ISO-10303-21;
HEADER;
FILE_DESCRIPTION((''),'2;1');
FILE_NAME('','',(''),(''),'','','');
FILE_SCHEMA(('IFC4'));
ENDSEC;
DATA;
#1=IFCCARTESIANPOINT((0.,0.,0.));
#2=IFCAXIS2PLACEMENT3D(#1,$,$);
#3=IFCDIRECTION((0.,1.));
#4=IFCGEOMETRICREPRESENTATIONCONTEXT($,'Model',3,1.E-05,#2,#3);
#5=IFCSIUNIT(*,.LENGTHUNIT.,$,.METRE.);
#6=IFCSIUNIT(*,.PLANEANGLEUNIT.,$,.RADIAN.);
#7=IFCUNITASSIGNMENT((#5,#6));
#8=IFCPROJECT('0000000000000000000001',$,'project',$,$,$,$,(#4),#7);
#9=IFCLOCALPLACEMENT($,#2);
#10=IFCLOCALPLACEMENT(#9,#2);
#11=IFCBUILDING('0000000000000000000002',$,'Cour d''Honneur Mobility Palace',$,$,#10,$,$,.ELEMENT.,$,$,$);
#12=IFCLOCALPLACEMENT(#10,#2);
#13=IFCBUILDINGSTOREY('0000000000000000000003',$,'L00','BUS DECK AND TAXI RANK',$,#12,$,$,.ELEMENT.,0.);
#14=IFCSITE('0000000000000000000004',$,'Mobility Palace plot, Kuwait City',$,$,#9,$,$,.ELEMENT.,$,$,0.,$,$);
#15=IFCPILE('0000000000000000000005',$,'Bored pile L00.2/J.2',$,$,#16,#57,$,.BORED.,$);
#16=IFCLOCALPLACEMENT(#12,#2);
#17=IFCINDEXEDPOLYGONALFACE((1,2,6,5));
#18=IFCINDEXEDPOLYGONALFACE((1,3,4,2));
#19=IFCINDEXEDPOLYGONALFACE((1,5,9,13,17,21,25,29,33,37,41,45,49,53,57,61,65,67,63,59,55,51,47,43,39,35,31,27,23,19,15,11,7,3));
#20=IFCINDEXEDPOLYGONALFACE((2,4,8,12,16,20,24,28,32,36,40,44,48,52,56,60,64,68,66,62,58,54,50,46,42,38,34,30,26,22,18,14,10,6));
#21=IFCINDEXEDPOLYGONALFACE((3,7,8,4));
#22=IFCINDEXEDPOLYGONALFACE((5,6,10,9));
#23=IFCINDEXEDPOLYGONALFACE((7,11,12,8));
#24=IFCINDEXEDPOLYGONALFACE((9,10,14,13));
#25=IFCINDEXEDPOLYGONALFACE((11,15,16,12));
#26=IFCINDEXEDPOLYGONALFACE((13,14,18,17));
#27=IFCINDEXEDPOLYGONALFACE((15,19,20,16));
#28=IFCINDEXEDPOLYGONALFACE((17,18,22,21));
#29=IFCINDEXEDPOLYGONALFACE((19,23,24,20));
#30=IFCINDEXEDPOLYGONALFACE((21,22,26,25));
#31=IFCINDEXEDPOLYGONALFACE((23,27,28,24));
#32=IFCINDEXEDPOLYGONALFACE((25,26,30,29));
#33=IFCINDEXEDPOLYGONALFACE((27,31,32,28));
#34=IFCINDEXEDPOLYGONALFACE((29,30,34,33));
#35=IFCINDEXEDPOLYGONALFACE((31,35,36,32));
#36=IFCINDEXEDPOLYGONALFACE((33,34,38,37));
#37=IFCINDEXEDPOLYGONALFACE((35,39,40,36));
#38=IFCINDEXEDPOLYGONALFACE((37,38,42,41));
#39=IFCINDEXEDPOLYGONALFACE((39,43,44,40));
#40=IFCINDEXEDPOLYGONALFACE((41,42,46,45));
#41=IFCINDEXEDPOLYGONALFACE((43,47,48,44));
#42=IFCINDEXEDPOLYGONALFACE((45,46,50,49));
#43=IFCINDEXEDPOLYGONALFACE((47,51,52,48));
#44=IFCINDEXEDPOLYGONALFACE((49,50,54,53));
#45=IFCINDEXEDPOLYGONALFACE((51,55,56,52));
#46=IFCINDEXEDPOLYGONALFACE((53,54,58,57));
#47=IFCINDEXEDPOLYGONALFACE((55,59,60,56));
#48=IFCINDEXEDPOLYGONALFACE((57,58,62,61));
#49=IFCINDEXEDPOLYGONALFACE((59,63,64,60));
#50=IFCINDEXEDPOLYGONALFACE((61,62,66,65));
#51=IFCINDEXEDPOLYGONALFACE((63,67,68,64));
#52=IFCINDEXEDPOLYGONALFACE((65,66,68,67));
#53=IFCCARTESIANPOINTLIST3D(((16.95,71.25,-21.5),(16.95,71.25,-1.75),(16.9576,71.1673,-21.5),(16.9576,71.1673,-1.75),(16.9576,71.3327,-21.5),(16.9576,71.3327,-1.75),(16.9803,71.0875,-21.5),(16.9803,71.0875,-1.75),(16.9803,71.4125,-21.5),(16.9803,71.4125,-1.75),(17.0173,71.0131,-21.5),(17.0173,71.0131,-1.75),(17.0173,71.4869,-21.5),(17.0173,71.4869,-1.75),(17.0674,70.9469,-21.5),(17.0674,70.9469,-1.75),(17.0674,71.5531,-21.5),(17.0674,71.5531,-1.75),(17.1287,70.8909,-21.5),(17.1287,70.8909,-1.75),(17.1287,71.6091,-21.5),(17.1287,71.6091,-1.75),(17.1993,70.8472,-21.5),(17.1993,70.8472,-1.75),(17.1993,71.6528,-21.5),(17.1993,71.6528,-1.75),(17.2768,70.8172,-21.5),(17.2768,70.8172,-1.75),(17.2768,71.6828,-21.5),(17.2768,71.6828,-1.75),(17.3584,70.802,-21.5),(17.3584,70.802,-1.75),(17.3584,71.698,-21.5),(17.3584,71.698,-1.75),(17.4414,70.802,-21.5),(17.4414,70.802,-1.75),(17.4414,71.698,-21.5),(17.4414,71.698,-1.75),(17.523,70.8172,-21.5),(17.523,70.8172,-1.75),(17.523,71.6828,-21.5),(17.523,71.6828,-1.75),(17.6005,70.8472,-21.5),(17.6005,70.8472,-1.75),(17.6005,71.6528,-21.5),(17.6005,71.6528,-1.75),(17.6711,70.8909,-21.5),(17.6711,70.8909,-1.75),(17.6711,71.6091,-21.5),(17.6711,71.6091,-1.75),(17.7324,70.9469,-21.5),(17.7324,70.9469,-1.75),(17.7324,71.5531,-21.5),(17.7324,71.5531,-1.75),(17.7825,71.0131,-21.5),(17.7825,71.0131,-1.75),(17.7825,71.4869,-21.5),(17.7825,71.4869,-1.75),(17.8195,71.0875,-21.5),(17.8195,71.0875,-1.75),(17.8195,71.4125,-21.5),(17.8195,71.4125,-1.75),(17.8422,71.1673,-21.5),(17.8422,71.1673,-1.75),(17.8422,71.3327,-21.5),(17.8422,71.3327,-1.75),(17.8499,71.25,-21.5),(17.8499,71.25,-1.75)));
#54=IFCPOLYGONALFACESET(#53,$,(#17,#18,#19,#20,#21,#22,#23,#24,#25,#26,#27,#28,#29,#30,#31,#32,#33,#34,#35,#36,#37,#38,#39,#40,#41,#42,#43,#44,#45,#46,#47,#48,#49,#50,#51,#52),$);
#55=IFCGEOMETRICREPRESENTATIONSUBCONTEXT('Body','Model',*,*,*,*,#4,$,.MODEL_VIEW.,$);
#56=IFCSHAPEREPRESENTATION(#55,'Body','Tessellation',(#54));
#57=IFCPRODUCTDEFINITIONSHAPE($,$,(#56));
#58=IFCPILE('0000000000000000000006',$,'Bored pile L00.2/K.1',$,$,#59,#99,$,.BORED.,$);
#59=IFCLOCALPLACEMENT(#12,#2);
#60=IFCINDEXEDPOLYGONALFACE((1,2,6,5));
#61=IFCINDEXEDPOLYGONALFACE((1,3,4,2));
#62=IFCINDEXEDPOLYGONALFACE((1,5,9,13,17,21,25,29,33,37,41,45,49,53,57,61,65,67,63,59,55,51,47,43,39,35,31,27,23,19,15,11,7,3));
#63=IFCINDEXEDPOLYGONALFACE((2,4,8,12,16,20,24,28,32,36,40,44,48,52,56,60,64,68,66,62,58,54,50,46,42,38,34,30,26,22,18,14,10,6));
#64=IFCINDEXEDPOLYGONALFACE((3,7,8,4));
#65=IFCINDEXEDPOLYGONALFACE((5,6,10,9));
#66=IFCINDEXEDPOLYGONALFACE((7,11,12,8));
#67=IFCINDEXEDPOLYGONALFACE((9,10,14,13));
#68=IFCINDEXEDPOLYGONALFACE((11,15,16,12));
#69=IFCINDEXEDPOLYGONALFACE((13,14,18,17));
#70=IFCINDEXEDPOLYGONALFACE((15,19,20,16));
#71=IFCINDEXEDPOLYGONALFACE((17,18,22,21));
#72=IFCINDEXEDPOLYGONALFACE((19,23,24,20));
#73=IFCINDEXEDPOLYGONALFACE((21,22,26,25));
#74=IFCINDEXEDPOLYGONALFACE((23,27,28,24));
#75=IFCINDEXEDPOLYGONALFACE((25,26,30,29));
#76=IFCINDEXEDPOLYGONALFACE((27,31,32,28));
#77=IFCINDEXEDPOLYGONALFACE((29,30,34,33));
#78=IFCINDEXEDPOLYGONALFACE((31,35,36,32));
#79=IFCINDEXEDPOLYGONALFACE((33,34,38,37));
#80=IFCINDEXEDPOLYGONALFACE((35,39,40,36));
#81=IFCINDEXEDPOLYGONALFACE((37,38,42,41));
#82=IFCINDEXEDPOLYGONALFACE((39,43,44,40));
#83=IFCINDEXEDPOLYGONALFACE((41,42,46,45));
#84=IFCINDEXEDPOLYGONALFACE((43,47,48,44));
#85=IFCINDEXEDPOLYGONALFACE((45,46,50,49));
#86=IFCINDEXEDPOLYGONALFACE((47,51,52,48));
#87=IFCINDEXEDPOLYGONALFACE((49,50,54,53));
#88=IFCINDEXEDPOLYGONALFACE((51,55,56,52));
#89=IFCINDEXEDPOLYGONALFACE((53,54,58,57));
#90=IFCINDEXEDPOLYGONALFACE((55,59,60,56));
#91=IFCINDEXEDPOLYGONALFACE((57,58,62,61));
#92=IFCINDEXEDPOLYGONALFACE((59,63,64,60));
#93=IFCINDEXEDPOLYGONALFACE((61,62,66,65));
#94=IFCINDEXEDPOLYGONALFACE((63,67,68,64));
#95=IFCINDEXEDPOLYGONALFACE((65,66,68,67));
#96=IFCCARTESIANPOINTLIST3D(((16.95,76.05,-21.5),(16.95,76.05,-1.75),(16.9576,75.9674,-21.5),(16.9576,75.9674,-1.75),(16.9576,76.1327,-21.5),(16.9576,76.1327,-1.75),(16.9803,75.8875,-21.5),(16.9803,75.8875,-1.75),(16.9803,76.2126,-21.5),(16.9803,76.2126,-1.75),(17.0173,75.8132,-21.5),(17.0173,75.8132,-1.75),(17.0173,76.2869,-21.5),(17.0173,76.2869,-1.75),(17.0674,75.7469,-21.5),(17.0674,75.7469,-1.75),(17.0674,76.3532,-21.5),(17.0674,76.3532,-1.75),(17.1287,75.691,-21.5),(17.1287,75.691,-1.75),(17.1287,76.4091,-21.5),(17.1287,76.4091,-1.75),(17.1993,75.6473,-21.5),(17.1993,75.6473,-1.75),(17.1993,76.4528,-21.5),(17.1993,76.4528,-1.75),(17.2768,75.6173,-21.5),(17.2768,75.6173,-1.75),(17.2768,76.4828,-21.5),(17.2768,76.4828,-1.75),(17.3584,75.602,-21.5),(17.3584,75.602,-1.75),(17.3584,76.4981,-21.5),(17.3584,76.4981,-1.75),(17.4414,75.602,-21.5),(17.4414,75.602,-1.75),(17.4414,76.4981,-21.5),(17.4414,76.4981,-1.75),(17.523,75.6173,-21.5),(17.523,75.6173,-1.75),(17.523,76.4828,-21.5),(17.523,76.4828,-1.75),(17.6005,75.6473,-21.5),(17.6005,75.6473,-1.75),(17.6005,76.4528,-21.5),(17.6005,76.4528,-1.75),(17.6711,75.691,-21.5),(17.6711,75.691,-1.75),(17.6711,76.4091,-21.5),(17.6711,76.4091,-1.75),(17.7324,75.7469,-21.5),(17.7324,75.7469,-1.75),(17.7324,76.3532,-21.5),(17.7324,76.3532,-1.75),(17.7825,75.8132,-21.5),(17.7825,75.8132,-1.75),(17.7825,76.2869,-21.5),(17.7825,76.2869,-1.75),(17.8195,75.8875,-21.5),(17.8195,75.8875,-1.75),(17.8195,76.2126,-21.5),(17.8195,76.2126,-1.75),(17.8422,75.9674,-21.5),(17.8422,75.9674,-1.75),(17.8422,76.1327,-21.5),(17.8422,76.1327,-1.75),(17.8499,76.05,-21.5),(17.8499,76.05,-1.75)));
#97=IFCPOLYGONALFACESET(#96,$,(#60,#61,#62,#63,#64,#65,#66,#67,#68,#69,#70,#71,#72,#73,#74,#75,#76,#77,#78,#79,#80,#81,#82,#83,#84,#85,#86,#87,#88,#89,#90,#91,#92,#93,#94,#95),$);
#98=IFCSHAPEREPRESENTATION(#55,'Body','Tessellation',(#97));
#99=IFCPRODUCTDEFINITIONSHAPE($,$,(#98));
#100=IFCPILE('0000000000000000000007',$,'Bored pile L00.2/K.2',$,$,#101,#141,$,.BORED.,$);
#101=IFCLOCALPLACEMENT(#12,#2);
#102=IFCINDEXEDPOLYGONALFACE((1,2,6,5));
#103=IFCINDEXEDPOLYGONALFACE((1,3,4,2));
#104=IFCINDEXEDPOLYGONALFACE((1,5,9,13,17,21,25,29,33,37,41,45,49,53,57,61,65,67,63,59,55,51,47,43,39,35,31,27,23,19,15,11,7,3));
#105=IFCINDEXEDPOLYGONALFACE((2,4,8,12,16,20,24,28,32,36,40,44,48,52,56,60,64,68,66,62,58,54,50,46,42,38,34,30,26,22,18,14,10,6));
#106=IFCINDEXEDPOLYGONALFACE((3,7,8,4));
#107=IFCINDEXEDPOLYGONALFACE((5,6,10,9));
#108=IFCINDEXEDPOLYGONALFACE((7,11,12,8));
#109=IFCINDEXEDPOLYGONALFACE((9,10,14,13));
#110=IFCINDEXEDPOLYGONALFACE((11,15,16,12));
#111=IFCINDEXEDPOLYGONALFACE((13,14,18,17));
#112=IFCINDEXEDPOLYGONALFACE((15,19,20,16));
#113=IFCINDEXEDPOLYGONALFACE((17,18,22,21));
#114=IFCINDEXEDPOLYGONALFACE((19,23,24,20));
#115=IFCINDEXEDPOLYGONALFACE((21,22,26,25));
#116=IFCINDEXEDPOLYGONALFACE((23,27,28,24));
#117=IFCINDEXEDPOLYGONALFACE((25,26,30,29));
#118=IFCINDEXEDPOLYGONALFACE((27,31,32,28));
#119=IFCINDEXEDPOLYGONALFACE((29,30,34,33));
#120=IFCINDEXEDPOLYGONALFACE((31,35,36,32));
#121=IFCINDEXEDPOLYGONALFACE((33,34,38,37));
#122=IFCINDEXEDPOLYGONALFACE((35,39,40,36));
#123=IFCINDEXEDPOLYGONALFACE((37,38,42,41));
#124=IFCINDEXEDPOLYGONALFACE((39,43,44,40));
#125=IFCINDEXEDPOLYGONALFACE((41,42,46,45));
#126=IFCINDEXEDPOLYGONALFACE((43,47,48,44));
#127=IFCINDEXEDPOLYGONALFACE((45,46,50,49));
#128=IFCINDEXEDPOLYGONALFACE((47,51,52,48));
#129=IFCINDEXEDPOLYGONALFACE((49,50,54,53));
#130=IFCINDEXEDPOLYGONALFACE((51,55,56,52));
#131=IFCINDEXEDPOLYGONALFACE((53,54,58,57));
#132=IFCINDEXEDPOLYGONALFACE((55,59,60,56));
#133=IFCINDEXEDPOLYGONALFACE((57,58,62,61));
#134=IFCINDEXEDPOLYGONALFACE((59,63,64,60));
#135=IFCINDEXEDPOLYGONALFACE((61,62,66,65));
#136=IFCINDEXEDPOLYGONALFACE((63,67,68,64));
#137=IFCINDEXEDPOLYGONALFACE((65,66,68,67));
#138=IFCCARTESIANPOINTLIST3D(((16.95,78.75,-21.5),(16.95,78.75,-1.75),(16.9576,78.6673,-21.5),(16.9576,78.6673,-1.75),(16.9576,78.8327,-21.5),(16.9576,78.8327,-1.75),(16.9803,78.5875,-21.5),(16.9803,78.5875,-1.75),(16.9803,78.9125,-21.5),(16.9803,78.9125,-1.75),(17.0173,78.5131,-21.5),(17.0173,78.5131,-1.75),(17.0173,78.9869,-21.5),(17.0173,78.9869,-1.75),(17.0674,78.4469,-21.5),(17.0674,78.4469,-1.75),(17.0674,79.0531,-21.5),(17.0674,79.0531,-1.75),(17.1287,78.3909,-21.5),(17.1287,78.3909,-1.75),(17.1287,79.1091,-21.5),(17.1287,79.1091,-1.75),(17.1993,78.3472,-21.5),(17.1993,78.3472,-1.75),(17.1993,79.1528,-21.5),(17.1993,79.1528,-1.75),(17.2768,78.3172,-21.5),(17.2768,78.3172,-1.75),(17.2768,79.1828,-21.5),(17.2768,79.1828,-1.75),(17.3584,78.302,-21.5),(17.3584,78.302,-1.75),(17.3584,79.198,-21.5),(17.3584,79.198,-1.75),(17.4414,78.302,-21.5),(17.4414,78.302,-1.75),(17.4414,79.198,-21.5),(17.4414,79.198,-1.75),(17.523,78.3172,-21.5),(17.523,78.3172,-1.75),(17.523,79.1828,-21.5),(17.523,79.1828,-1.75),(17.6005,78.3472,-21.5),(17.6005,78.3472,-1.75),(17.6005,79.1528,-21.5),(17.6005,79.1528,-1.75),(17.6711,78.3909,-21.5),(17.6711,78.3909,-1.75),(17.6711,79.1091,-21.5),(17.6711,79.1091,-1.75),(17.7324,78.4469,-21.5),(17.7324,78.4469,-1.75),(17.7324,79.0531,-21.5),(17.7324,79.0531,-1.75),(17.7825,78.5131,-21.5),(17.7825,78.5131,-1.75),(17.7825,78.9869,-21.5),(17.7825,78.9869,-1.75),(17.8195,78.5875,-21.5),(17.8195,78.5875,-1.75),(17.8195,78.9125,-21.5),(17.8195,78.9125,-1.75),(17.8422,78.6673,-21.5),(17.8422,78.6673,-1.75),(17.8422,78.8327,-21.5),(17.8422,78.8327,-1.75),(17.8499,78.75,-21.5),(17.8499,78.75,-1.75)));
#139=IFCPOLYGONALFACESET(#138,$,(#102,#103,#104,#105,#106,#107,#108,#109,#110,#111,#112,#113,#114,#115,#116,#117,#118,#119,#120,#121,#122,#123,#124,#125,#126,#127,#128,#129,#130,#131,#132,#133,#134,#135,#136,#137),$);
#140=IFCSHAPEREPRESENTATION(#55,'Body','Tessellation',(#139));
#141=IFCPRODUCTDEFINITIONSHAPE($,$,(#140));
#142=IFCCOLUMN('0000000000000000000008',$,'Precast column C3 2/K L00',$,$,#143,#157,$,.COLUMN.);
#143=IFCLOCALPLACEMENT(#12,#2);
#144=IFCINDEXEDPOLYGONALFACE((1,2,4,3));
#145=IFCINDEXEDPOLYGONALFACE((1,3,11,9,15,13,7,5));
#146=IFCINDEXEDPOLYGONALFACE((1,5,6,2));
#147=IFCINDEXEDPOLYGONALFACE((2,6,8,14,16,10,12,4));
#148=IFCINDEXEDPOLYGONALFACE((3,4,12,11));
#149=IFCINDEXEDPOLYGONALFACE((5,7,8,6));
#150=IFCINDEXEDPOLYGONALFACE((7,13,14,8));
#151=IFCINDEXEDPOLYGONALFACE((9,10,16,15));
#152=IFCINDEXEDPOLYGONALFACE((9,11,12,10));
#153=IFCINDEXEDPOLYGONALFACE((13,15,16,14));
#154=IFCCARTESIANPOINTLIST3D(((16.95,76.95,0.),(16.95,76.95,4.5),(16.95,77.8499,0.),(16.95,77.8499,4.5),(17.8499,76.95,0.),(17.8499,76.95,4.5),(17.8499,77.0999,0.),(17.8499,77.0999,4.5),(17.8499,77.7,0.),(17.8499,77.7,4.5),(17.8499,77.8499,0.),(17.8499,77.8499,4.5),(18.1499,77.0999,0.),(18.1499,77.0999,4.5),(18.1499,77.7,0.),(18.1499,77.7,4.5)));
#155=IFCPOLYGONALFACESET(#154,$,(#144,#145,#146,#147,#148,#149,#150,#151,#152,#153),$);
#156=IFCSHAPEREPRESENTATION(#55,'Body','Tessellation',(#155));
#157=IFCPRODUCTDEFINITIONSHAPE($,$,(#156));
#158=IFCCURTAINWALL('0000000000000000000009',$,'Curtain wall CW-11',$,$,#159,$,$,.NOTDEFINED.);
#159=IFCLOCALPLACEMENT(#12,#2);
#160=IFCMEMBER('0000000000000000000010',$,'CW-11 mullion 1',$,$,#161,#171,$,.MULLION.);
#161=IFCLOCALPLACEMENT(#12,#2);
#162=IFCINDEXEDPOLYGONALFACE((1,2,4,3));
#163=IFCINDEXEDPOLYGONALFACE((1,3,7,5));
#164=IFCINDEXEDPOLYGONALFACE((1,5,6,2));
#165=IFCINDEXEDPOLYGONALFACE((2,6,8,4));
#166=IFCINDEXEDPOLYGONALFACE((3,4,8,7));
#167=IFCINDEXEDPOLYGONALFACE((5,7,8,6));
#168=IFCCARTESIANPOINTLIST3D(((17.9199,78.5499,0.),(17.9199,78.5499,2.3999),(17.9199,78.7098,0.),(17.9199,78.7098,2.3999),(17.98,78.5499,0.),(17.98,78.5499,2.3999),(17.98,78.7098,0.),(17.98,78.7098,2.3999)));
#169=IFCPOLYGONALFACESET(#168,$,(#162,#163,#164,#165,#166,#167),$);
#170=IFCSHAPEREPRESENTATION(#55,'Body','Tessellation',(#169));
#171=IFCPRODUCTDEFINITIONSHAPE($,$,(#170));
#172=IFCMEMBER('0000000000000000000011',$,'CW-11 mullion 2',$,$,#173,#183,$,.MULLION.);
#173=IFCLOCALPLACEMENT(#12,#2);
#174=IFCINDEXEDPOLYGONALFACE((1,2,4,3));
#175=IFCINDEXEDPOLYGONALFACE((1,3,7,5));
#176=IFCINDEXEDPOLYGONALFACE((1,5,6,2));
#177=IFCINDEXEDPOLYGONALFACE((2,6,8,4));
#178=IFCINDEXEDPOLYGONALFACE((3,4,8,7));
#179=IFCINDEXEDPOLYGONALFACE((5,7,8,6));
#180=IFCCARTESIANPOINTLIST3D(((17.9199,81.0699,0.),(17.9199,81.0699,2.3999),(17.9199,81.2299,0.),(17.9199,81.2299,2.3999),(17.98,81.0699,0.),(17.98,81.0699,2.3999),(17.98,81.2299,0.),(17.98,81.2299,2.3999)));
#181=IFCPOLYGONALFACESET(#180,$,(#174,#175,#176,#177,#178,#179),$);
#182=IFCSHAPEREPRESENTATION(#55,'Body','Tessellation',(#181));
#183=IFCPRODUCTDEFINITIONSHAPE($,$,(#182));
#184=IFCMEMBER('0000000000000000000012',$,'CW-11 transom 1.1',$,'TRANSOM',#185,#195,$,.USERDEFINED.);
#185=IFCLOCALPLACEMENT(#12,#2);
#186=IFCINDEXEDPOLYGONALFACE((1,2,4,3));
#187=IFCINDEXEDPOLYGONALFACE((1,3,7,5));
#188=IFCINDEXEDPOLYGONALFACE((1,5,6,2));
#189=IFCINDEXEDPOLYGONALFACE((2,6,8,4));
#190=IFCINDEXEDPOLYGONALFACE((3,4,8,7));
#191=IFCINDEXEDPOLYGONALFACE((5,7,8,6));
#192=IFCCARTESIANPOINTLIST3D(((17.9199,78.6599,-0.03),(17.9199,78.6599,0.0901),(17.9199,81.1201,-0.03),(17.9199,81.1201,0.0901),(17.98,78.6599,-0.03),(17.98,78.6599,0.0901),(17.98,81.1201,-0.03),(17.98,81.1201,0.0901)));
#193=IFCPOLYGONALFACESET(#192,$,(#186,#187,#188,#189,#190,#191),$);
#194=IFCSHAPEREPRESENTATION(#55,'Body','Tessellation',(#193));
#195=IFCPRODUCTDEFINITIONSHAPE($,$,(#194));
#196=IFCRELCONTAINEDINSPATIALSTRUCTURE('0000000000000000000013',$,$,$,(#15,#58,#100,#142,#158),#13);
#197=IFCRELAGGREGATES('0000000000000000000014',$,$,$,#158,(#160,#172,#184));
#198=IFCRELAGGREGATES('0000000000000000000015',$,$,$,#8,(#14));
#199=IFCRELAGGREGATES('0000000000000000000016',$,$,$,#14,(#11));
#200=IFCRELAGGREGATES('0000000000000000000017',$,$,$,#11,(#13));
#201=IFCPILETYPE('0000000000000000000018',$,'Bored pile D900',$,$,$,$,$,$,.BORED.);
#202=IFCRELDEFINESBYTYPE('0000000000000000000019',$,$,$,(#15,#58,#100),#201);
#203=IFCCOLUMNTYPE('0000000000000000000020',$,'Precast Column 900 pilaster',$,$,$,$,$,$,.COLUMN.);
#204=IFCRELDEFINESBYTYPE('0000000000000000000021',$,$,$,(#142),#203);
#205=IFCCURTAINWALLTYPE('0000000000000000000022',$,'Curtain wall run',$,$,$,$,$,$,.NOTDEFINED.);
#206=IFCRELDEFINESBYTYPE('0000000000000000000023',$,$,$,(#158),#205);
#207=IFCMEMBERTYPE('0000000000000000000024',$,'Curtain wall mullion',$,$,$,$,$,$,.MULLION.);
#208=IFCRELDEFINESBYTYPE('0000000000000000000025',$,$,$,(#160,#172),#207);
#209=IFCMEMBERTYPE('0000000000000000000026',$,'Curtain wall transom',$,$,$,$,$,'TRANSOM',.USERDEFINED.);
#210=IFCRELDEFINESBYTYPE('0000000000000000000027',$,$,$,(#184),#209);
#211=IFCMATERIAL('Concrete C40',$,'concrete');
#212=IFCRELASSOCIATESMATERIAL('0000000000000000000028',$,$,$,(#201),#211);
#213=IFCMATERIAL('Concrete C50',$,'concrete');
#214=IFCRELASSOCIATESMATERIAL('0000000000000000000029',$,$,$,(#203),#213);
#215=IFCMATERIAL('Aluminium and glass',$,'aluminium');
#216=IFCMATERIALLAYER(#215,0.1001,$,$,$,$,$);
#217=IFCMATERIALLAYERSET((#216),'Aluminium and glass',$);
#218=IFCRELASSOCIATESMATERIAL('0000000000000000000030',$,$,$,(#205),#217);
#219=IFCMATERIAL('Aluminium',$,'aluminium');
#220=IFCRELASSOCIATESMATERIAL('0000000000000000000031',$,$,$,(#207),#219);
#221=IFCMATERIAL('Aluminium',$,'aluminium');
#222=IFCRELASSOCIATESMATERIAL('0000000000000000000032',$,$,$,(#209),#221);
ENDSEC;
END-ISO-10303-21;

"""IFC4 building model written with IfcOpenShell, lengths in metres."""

from ifc_helpers import new_model, si_unit, direction, frame, origin, origin_2d, place, context, subcontext, project, spatial, polyline, rectangle, circle, outline, extrude, material, layer, layer_set, material_profile, profile_set, type_object, element, aggregate, save


model = new_model("IFC4")

# Units and contexts
model_context = context("Model", 3, precision=1e-05, world=origin(), true_north=direction((0.0, 1.0)))
body_context = subcontext(model_context, "Body", "Model", "MODEL_VIEW")
ifc_project = project(units=[si_unit("LENGTHUNIT", "METRE"), si_unit("PLANEANGLEUNIT", "RADIAN")], contexts=[model_context])

# Site, building, storey
site_placement = place(None, origin())
site = spatial("IfcSite", under=ifc_project, at=site_placement, Name="Mobility Palace plot, Kuwait City", CompositionType="ELEMENT", RefElevation=0.0)
building_placement = place(site_placement, origin())
building = spatial("IfcBuilding", under=site, at=building_placement, Name="Cour d'Honneur Mobility Palace", CompositionType="ELEMENT")
storey_placement = place(building_placement, origin())
storey = spatial("IfcBuildingStorey", under=building, at=storey_placement, Name="L00", Description="BUS DECK AND TAXI RANK", CompositionType="ELEMENT", Elevation=0.0)

# Piles
ifc_material_1 = material(Name="Concrete C40", Category="concrete")
ifc_material_profile_1 = material_profile(ifc_material_1, circle(Radius=0.45, at=origin_2d()), Name="Bored pile D900")
ifc_profile_set_1 = profile_set([ifc_material_profile_1], Name="Concrete C40")
pile_type = type_object("IfcPileType", Name="Bored pile D900", PredefinedType="BORED", material=ifc_profile_set_1)
for number, where, z_axis, x_axis, name in (
    (1, (17.3999, 71.25, -1.75), (0.0, 0.0, -1.0), (1.0, 0.0, 0.0), "Bored pile L00.2/J.2"),
    (2, (17.3999, 76.05, -1.75), (0.0, 0.0, -1.0), (1.0, 0.0, 0.0), "Bored pile L00.2/K.1"),
    (3, (17.3999, 78.75, -1.75), (0.0, 0.0, -1.0), (1.0, 0.0, 0.0), "Bored pile L00.2/K.2"),
):
    element("IfcPile", number, at=place(storey_placement, frame(where, z_axis=z_axis, x_axis=x_axis)), inside=storey, type_object=pile_type, Name=name, PredefinedType="BORED", context=body_context, shape_type="SweptSolid", body=[
        extrude(circle(Radius=0.45, at=origin_2d()), origin(), (0.0, 0.0, 1.0), 19.75),
    ])

# Column
ifc_material_2 = material(Name="Concrete C50", Category="concrete")
ifc_material_profile_2 = material_profile(ifc_material_2, outline(polyline([(-0.45, -0.45), (0.45, -0.45), (0.45, -0.3), (0.75, -0.3), (0.75, 0.3), (0.45, 0.3), (0.45, 0.45), (-0.45, 0.45), (-0.45, -0.45)])), Name="PC C900 pilaster")
ifc_profile_set_2 = profile_set([ifc_material_profile_2], Name="Concrete C50")
column_type = type_object("IfcColumnType", Name="Precast Column 900 pilaster", PredefinedType="COLUMN", material=ifc_profile_set_2)
column_placement = place(storey_placement, frame((17.3999, 77.3999, 0.0), z_axis=(0.0, 0.0, 1.0), x_axis=(1.0, 0.0, 0.0)))
element("IfcColumn", 4, at=column_placement, inside=storey, type_object=column_type, Name="Precast column C3 2/K L00", PredefinedType="COLUMN", context=body_context, shape_type="SweptSolid", body=[
    extrude(outline(polyline([(-0.45, -0.45), (0.45, -0.45), (0.45, -0.3), (0.75, -0.3), (0.75, 0.3), (0.45, 0.3), (0.45, 0.45), (-0.45, 0.45), (-0.45, -0.45)])), origin(), (0.0, 0.0, 1.0), 4.5),
])

# Curtain wall, members
ifc_material_3 = material(Name="Aluminium and glass", Category="aluminium")
ifc_layer_1 = layer(ifc_material_3, 0.1001)
ifc_layer_set_1 = layer_set([ifc_layer_1], Name="Aluminium and glass")
curtain_wall_type = type_object("IfcCurtainWallType", Name="Curtain wall run", PredefinedType="NOTDEFINED", material=ifc_layer_set_1)
curtain_wall_placement = place(storey_placement, origin())
curtain_wall = element("IfcCurtainWall", 5, at=curtain_wall_placement, inside=storey, type_object=curtain_wall_type, Name="Curtain wall CW-11", PredefinedType="NOTDEFINED")
ifc_material_4 = material(Name="Aluminium", Category="aluminium")
ifc_material_profile_3 = material_profile(ifc_material_4, rectangle(XDim=0.0601, YDim=0.1599, at=origin_2d()), Name="Curtain wall mullion")
ifc_profile_set_3 = profile_set([ifc_material_profile_3], Name="Aluminium")
member_type_1 = type_object("IfcMemberType", Name="Curtain wall mullion", PredefinedType="MULLION", material=ifc_profile_set_3)
member_1_placement = place(storey_placement, frame((17.95, 78.6299, 0.0), z_axis=(0.0, 0.0, 1.0), x_axis=(-1.0, 0.0, 0.0)))
member_1 = element("IfcMember", 6, at=member_1_placement, type_object=member_type_1, Name="CW-11 mullion 1", PredefinedType="MULLION", context=body_context, shape_type="SweptSolid", body=[
    extrude(rectangle(XDim=0.0601, YDim=0.1599, at=origin_2d()), origin(), (0.0, 0.0, 1.0), 2.3999),
])
member_2_placement = place(storey_placement, frame((17.95, 81.1499, 0.0), z_axis=(0.0, 0.0, 1.0), x_axis=(-1.0, 0.0, 0.0)))
member_2 = element("IfcMember", 7, at=member_2_placement, type_object=member_type_1, Name="CW-11 mullion 2", PredefinedType="MULLION", context=body_context, shape_type="SweptSolid", body=[
    extrude(rectangle(XDim=0.0601, YDim=0.1599, at=origin_2d()), origin(), (0.0, 0.0, 1.0), 2.3999),
])
ifc_material_5 = material(Name="Aluminium", Category="aluminium")
ifc_material_profile_4 = material_profile(ifc_material_5, rectangle(XDim=0.0601, YDim=0.1201, at=origin_2d()), Name="Curtain wall transom")
ifc_profile_set_4 = profile_set([ifc_material_profile_4], Name="Aluminium")
member_type_2 = type_object("IfcMemberType", Name="Curtain wall transom", ElementType="TRANSOM", PredefinedType="USERDEFINED", material=ifc_profile_set_4)
member_3_placement = place(storey_placement, frame((17.95, 78.6599, 0.03), z_axis=(0.0, 1.0, 0.0), x_axis=(-1.0, 0.0, 0.0)))
member_3 = element("IfcMember", 8, at=member_3_placement, type_object=member_type_2, Name="CW-11 transom 1.1", ObjectType="TRANSOM", PredefinedType="USERDEFINED", context=body_context, shape_type="SweptSolid", body=[
    extrude(rectangle(XDim=0.0601, YDim=0.1201, at=origin_2d()), origin(), (0.0, 0.0, 1.0), 2.4602),
])
aggregate(curtain_wall, [member_1, member_2, member_3])

save(model, "model.ifc")
